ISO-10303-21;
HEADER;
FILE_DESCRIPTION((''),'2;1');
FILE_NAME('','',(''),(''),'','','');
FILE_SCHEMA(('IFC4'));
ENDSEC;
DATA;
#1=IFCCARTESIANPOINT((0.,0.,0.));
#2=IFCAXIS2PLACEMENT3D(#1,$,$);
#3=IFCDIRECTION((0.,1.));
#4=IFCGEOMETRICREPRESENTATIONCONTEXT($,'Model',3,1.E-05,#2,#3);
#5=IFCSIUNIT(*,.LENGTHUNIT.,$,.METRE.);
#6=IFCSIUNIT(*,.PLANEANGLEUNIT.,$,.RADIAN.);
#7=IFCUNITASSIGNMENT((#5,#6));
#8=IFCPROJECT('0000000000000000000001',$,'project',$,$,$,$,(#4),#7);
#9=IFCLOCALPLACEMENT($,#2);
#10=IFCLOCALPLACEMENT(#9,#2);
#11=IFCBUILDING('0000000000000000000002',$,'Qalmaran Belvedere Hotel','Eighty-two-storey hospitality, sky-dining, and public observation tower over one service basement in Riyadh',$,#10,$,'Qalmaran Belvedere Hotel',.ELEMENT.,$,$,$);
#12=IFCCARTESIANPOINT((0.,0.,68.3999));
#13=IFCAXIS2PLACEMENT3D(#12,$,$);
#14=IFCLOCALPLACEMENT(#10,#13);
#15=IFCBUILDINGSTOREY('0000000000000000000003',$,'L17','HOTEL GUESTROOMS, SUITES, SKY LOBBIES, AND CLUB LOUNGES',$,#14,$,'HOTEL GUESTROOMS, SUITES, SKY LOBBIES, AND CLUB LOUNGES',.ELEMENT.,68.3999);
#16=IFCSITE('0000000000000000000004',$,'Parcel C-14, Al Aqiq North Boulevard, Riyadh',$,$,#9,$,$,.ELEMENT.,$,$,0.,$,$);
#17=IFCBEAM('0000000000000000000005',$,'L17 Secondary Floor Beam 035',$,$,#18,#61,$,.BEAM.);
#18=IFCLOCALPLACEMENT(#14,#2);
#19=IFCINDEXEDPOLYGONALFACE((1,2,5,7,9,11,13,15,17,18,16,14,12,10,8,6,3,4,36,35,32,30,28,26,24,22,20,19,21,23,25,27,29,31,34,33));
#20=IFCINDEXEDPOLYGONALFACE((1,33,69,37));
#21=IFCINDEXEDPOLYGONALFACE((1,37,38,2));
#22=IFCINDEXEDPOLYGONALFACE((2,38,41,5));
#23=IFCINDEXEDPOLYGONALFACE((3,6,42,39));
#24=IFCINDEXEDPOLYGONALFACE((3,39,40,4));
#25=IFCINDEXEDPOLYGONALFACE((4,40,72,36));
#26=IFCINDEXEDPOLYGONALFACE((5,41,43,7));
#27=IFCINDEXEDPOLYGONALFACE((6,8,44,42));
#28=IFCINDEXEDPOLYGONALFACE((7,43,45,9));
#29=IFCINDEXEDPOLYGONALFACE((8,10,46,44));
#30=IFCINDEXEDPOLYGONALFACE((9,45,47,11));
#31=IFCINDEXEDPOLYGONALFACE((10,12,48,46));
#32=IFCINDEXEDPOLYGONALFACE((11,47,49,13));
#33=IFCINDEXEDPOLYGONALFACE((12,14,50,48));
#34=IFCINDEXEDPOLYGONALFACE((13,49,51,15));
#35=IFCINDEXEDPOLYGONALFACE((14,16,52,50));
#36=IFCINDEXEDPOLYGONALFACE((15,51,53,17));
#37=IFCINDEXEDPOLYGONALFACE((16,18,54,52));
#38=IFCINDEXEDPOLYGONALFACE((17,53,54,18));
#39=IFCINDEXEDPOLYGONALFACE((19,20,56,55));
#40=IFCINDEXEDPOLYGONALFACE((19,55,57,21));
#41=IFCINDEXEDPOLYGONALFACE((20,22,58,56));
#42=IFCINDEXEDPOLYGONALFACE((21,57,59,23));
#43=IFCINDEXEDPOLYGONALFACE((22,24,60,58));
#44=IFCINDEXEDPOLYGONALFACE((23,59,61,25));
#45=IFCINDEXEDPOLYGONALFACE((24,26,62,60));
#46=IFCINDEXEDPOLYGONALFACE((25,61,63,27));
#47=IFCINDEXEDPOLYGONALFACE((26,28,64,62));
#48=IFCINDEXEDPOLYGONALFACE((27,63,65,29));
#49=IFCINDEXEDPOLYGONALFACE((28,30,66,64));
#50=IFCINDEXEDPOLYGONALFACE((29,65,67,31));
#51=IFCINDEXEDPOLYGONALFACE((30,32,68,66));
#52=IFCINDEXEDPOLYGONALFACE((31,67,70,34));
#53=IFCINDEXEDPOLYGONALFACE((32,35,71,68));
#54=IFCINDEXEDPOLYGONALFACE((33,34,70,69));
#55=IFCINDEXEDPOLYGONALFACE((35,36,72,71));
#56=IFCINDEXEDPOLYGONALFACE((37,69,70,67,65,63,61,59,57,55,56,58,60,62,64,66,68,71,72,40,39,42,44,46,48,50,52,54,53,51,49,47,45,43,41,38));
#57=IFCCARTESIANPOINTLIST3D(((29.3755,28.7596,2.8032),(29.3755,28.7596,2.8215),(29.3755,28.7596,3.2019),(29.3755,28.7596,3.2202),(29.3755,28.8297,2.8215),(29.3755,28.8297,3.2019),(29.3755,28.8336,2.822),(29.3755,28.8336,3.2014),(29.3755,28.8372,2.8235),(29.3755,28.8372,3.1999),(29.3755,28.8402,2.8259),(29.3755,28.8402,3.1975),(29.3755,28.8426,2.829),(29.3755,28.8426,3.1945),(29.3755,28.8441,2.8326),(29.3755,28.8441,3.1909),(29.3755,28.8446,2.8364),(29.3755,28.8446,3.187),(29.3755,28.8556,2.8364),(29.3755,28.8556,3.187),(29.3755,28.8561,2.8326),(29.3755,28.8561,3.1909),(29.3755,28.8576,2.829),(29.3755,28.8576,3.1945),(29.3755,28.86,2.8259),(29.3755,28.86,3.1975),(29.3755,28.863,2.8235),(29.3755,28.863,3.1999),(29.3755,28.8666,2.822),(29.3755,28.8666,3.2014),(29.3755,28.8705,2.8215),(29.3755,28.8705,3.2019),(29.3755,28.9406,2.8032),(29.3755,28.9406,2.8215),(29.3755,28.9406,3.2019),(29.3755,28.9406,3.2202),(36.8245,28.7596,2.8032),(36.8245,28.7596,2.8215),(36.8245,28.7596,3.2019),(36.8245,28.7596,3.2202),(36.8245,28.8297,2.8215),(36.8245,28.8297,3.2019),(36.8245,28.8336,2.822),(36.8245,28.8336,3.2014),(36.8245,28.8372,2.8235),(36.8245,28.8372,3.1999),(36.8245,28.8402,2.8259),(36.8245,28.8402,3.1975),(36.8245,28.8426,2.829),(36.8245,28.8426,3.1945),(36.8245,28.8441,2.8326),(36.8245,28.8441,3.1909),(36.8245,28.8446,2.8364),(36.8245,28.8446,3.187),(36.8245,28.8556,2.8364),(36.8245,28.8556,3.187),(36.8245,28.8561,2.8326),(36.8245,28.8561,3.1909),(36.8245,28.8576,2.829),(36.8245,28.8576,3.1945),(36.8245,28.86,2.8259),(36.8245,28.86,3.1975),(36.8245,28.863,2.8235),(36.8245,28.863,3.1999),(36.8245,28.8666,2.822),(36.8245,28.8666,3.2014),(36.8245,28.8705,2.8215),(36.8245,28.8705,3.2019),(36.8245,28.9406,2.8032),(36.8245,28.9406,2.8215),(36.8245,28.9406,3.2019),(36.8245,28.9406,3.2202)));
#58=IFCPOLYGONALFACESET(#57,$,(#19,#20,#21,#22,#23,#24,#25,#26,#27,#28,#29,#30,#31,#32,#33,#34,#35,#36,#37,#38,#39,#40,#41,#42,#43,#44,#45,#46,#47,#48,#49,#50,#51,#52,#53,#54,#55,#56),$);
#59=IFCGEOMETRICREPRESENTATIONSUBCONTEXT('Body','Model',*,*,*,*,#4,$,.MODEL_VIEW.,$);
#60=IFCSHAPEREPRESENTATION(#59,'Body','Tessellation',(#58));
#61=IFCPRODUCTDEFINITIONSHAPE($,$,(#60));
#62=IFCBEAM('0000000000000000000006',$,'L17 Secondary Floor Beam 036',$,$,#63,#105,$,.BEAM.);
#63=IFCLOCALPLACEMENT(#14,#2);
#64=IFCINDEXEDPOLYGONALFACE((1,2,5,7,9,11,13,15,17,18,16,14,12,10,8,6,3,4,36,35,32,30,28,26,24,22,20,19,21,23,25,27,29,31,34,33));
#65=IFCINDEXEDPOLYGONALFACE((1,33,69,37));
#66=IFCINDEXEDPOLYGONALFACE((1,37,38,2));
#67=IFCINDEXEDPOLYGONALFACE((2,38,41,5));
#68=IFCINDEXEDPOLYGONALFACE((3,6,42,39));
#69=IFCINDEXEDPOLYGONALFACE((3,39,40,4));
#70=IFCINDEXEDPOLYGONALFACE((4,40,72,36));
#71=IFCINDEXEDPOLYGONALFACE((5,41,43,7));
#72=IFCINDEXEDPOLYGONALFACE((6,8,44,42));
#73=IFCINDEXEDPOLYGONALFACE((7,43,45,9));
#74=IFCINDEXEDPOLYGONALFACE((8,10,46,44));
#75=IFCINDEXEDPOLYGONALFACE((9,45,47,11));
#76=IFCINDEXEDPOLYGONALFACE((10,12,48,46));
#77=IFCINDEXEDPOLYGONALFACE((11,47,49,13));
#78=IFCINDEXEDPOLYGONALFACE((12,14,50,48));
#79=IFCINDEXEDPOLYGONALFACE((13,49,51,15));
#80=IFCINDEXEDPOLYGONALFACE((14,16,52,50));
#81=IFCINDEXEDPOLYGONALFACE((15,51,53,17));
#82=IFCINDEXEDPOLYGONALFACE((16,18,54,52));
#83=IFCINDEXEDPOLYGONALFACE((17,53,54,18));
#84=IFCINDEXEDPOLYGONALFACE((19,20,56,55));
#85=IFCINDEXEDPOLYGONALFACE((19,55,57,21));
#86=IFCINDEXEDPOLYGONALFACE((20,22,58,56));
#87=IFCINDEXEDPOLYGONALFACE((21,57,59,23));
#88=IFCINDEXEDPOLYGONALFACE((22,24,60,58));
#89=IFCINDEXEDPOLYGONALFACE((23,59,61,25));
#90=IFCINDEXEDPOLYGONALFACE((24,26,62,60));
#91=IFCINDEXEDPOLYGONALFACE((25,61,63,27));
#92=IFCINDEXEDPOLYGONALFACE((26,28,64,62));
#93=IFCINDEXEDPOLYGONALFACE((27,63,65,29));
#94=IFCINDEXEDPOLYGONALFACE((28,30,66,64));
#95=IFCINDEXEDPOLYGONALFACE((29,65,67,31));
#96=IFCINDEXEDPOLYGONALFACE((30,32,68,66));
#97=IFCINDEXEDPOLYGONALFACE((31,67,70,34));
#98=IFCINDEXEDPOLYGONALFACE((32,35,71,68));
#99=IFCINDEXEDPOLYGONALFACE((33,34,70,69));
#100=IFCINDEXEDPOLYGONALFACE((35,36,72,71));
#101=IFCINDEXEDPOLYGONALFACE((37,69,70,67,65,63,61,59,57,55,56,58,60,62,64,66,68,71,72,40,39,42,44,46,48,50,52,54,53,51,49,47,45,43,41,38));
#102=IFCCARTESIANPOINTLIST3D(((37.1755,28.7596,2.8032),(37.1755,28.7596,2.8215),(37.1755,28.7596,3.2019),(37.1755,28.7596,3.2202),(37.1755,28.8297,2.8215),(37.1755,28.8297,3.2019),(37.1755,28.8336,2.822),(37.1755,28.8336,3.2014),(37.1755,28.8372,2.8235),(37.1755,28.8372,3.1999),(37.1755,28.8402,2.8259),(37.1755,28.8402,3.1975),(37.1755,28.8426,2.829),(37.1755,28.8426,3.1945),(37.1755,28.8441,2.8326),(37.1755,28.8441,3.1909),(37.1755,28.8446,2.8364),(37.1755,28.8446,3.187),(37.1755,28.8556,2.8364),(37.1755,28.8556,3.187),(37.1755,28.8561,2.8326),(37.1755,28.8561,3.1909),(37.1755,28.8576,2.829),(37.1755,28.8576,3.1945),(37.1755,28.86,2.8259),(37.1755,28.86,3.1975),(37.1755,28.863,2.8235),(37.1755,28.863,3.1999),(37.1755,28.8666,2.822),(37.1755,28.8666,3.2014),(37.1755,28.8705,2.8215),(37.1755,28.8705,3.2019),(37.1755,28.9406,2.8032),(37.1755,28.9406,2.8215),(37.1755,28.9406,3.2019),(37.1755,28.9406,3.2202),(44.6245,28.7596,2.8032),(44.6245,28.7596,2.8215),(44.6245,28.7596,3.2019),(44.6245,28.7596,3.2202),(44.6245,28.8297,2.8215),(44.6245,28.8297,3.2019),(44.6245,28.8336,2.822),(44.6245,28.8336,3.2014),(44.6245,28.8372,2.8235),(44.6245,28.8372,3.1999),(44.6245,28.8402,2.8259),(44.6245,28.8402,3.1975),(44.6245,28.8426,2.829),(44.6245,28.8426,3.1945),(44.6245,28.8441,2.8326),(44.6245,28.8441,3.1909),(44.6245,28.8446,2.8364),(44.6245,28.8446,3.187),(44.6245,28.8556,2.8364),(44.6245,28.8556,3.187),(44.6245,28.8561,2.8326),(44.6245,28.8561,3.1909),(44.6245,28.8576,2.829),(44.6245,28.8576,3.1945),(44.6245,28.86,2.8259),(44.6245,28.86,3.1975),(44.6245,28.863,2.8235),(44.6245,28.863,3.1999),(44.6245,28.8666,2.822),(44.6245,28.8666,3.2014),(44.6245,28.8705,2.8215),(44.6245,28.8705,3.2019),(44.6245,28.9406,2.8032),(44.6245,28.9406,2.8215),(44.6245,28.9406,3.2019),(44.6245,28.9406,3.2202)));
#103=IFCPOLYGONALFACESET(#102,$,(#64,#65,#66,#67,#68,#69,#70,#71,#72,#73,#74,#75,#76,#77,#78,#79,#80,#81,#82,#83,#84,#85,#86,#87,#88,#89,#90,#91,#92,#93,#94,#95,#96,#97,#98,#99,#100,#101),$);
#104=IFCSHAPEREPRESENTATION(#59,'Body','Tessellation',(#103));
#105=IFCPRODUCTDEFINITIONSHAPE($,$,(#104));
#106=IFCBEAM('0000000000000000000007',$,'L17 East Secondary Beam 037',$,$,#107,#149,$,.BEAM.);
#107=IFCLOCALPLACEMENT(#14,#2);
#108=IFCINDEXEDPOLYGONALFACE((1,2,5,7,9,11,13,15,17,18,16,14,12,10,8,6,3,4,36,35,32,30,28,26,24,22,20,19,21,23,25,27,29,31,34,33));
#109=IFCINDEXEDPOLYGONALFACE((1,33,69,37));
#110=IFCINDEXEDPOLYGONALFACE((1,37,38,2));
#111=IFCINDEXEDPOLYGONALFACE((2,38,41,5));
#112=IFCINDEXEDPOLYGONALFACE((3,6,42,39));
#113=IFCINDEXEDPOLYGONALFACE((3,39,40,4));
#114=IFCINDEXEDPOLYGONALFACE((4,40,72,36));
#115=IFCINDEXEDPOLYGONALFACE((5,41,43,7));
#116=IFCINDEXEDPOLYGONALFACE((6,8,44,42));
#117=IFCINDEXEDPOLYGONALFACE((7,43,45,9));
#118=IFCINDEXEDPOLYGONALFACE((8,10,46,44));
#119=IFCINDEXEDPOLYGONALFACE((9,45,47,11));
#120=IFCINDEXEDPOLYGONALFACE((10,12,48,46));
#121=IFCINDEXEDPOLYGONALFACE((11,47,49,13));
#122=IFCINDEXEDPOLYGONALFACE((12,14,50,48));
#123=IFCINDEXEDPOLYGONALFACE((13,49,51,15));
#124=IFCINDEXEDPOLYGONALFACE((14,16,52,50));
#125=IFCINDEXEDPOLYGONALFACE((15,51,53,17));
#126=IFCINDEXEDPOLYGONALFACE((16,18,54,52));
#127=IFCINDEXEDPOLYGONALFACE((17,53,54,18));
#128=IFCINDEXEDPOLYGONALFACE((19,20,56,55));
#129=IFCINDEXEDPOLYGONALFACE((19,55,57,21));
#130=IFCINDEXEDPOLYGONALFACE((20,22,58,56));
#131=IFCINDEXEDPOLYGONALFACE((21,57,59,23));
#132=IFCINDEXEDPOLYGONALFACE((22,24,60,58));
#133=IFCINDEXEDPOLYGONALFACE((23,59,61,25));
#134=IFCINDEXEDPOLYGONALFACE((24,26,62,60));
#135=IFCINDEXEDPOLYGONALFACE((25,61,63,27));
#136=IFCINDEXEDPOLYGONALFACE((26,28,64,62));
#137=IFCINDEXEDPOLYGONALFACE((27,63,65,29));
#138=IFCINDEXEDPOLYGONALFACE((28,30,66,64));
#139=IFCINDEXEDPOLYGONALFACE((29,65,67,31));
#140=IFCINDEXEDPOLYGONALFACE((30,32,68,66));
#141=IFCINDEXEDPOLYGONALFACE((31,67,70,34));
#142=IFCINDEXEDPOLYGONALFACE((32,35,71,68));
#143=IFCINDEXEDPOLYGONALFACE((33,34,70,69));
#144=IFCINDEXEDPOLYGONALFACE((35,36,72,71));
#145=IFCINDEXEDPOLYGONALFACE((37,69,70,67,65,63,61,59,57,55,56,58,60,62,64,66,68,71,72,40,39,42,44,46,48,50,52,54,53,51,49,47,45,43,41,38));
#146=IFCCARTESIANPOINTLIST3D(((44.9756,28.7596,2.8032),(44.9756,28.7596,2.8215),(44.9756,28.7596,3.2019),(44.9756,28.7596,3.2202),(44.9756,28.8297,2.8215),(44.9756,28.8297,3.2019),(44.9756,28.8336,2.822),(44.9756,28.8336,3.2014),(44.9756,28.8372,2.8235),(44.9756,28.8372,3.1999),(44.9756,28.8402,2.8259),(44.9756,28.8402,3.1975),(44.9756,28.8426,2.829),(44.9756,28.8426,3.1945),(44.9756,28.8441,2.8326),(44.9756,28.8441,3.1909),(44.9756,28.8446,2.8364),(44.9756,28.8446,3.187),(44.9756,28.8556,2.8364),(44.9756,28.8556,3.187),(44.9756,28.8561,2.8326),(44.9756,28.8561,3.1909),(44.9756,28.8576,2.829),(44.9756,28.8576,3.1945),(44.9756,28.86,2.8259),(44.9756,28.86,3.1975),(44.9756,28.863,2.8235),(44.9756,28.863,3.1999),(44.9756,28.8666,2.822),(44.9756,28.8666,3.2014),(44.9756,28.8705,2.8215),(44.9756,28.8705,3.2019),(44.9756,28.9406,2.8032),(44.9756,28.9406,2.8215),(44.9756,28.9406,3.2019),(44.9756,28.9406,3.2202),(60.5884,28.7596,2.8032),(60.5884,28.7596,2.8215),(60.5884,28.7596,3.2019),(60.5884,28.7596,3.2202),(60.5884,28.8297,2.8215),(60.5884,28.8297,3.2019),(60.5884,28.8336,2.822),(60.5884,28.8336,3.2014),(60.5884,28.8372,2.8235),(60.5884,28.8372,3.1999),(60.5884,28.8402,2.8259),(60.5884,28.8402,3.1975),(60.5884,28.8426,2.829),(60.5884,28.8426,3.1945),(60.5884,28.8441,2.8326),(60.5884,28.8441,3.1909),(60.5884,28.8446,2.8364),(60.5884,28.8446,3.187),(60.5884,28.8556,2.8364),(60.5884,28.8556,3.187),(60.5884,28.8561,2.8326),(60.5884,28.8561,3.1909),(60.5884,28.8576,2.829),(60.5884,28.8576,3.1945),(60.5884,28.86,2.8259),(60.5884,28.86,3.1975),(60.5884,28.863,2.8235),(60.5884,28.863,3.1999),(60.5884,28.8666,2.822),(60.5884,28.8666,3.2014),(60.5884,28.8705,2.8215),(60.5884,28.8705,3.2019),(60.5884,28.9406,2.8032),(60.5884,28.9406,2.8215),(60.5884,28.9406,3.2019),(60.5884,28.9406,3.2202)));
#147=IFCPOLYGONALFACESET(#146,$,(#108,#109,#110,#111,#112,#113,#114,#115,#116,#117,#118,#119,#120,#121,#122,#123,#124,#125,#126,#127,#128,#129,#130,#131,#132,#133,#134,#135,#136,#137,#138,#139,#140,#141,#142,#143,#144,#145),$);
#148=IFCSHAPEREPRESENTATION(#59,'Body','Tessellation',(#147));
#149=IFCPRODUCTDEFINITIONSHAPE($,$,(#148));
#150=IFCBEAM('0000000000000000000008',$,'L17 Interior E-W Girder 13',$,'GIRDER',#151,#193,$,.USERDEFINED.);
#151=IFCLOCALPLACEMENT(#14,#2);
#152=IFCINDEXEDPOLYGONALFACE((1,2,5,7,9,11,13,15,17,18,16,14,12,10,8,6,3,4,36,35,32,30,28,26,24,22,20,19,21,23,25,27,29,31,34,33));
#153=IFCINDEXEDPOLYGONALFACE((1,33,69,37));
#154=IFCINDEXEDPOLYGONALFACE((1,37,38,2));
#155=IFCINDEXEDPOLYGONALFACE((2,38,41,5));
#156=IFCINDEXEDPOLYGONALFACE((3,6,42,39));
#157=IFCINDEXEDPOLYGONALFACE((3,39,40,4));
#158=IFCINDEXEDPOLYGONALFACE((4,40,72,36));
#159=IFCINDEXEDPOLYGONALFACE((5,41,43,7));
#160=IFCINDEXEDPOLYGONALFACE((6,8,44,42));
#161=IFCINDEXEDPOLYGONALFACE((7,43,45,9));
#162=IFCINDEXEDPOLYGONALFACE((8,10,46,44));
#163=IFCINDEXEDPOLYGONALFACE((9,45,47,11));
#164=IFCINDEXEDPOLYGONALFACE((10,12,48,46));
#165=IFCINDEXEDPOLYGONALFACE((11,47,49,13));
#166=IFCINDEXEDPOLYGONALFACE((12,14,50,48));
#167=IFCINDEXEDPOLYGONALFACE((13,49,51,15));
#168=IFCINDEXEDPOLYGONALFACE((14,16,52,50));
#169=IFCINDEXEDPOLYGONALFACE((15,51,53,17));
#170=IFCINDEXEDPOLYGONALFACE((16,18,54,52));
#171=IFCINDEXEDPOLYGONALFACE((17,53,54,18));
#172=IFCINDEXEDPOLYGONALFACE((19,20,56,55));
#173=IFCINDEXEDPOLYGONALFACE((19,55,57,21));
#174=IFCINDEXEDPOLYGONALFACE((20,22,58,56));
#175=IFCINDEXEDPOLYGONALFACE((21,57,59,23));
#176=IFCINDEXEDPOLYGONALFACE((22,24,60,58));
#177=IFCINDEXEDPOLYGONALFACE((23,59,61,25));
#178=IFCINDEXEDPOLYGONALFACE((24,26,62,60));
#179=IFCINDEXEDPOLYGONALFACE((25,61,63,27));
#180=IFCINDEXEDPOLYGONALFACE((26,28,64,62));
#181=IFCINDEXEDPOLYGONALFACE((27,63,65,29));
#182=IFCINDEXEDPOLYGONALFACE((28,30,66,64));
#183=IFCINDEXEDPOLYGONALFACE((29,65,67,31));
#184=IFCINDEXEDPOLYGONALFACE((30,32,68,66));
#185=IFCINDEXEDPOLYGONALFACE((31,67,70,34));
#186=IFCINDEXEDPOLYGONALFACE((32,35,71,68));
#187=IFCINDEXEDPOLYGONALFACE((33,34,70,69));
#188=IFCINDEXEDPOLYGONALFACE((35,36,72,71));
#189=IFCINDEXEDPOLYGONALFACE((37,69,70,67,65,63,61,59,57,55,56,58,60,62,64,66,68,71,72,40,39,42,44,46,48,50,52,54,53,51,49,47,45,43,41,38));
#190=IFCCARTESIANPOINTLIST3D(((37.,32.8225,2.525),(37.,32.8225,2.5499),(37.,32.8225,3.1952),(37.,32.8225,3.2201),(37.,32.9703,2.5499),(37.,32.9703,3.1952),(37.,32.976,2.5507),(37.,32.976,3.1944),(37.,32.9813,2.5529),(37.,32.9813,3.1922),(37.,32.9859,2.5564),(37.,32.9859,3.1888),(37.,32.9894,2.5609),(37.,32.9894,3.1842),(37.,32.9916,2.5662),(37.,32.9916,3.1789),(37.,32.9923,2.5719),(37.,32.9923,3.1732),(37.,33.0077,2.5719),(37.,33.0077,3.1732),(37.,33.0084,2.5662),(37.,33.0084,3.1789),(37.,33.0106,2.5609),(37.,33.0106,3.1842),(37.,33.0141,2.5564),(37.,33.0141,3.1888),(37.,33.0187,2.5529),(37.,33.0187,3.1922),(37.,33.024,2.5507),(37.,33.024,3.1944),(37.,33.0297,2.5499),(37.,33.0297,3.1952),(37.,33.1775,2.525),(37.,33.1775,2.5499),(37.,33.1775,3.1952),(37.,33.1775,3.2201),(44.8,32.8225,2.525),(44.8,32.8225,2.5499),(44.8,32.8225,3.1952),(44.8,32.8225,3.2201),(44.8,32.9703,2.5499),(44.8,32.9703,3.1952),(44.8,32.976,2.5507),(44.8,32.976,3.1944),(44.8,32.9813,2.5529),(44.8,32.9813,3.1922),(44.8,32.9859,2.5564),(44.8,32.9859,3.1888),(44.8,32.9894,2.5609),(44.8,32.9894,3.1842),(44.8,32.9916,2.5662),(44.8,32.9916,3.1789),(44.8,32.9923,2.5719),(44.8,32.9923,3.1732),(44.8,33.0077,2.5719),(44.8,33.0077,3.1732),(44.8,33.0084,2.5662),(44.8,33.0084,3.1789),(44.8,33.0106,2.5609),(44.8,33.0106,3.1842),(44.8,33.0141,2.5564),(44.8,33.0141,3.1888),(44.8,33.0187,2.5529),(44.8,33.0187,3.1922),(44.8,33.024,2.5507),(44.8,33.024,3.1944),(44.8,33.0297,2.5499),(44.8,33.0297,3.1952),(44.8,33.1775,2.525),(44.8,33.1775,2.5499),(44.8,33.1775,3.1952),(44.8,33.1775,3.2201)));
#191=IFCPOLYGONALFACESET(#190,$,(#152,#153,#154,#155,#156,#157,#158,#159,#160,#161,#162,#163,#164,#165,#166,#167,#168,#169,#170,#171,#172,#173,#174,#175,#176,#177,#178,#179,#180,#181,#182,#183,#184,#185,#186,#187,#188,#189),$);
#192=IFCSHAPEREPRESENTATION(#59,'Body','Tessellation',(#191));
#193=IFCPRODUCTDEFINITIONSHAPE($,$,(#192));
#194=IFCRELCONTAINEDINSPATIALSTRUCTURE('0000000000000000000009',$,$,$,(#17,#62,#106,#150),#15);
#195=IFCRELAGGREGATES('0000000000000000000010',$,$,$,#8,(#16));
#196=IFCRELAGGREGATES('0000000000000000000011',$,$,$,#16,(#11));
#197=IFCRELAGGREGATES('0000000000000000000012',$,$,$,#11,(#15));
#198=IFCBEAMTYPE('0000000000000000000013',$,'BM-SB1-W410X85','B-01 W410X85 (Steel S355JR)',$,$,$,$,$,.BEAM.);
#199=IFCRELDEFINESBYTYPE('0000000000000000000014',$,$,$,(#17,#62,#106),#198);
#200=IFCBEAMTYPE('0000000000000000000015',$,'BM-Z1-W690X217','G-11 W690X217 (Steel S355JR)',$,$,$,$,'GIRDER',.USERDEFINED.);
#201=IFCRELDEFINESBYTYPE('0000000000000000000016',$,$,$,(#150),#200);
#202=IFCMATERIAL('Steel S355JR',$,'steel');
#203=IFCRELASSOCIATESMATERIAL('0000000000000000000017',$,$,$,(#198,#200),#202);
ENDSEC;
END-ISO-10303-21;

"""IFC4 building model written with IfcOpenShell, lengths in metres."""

from ifc_helpers import new_model, si_unit, direction, frame, origin, origin_2d, place, context, subcontext, project, spatial, i_section, extrude, material, material_profile, profile_set, type_object, element, save


model = new_model("IFC4")

# Units and contexts
model_context = context("Model", 3, precision=1e-05, world=origin(), true_north=direction((0.0, 1.0)))
body_context = subcontext(model_context, "Body", "Model", "MODEL_VIEW")
ifc_project = project(units=[si_unit("LENGTHUNIT", "METRE"), si_unit("PLANEANGLEUNIT", "RADIAN")], contexts=[model_context])

# Site, building, storey
site_placement = place(None, origin())
site = spatial("IfcSite", under=ifc_project, at=site_placement, Name="Parcel C-14, Al Aqiq North Boulevard, Riyadh", CompositionType="ELEMENT", RefElevation=0.0)
building_placement = place(site_placement, origin())
building = spatial("IfcBuilding", under=site, at=building_placement, Name="Qalmaran Belvedere Hotel", Description="Eighty-two-storey hospitality, sky-dining, and public observation tower over one service basement in Riyadh", LongName="Qalmaran Belvedere Hotel", CompositionType="ELEMENT")
storey_placement = place(building_placement, frame((0.0, 0.0, 68.3999)))
storey = spatial("IfcBuildingStorey", under=building, at=storey_placement, Name="L17", Description="HOTEL GUESTROOMS, SUITES, SKY LOBBIES, AND CLUB LOUNGES", LongName="HOTEL GUESTROOMS, SUITES, SKY LOBBIES, AND CLUB LOUNGES", CompositionType="ELEMENT", Elevation=68.3999)

# Beams
ifc_material_1 = material(Name="Steel S355JR", Category="steel")
ifc_material_profile_1 = material_profile(ifc_material_1, i_section(OverallWidth=0.1809, OverallDepth=0.417, WebThickness=0.011, FlangeThickness=0.0183, FilletRadius=0.0149, at=origin_2d()), Name="W410X85")
ifc_profile_set_1 = profile_set([ifc_material_profile_1], Name="Steel S355JR")
beam_type_1 = type_object("IfcBeamType", Name="BM-SB1-W410X85", Description="B-01 W410X85 (Steel S355JR)", PredefinedType="BEAM", material=ifc_profile_set_1)
for number, where, z_axis, x_axis, name in (
    (1, (29.3755, 28.8501, 3.0117), (1.0, 0.0, 0.0), (0.0, 1.0, 0.0), "L17 Secondary Floor Beam 035"),
    (2, (37.1755, 28.8501, 3.0117), (1.0, 0.0, 0.0), (0.0, 1.0, 0.0), "L17 Secondary Floor Beam 036"),
):
    element("IfcBeam", number, at=place(storey_placement, frame(where, z_axis=z_axis, x_axis=x_axis)), inside=storey, type_object=beam_type_1, Name=name, PredefinedType="BEAM", context=body_context, shape_type="SweptSolid", body=[
        extrude(i_section(OverallWidth=0.1809, OverallDepth=0.417, WebThickness=0.011, FlangeThickness=0.0183, FilletRadius=0.0149, at=origin_2d()), origin(), (0.0, 0.0, 1.0), 7.449),
    ])
beam_1_placement = place(storey_placement, frame((44.9756, 28.8501, 3.0117), z_axis=(1.0, 0.0, 0.0), x_axis=(0.0, 1.0, 0.0)))
element("IfcBeam", 3, at=beam_1_placement, inside=storey, type_object=beam_type_1, Name="L17 East Secondary Beam 037", PredefinedType="BEAM", context=body_context, shape_type="SweptSolid", body=[
    extrude(i_section(OverallWidth=0.1809, OverallDepth=0.417, WebThickness=0.011, FlangeThickness=0.0183, FilletRadius=0.0149, at=origin_2d()), origin(), (0.0, 0.0, 1.0), 15.6128),
])
ifc_material_profile_2 = material_profile(ifc_material_1, i_section(OverallWidth=0.355, OverallDepth=0.6951, WebThickness=0.0154, FlangeThickness=0.0249, FilletRadius=0.022, at=origin_2d()), Name="W690X217")
ifc_profile_set_2 = profile_set([ifc_material_profile_2], Name="Steel S355JR")
beam_type_2 = type_object("IfcBeamType", Name="BM-Z1-W690X217", Description="G-11 W690X217 (Steel S355JR)", ElementType="GIRDER", PredefinedType="USERDEFINED", material=ifc_profile_set_2)
beam_2_placement = place(storey_placement, frame((37.0, 33.0, 2.8726), z_axis=(1.0, 0.0, 0.0), x_axis=(0.0, 1.0, 0.0)))
element("IfcBeam", 4, at=beam_2_placement, inside=storey, type_object=beam_type_2, Name="L17 Interior E-W Girder 13", ObjectType="GIRDER", PredefinedType="USERDEFINED", context=body_context, shape_type="SweptSolid", body=[
    extrude(i_section(OverallWidth=0.355, OverallDepth=0.6951, WebThickness=0.0154, FlangeThickness=0.0249, FilletRadius=0.022, at=origin_2d()), origin(), (0.0, 0.0, 1.0), 7.8),
])

save(model, "model.ifc")
